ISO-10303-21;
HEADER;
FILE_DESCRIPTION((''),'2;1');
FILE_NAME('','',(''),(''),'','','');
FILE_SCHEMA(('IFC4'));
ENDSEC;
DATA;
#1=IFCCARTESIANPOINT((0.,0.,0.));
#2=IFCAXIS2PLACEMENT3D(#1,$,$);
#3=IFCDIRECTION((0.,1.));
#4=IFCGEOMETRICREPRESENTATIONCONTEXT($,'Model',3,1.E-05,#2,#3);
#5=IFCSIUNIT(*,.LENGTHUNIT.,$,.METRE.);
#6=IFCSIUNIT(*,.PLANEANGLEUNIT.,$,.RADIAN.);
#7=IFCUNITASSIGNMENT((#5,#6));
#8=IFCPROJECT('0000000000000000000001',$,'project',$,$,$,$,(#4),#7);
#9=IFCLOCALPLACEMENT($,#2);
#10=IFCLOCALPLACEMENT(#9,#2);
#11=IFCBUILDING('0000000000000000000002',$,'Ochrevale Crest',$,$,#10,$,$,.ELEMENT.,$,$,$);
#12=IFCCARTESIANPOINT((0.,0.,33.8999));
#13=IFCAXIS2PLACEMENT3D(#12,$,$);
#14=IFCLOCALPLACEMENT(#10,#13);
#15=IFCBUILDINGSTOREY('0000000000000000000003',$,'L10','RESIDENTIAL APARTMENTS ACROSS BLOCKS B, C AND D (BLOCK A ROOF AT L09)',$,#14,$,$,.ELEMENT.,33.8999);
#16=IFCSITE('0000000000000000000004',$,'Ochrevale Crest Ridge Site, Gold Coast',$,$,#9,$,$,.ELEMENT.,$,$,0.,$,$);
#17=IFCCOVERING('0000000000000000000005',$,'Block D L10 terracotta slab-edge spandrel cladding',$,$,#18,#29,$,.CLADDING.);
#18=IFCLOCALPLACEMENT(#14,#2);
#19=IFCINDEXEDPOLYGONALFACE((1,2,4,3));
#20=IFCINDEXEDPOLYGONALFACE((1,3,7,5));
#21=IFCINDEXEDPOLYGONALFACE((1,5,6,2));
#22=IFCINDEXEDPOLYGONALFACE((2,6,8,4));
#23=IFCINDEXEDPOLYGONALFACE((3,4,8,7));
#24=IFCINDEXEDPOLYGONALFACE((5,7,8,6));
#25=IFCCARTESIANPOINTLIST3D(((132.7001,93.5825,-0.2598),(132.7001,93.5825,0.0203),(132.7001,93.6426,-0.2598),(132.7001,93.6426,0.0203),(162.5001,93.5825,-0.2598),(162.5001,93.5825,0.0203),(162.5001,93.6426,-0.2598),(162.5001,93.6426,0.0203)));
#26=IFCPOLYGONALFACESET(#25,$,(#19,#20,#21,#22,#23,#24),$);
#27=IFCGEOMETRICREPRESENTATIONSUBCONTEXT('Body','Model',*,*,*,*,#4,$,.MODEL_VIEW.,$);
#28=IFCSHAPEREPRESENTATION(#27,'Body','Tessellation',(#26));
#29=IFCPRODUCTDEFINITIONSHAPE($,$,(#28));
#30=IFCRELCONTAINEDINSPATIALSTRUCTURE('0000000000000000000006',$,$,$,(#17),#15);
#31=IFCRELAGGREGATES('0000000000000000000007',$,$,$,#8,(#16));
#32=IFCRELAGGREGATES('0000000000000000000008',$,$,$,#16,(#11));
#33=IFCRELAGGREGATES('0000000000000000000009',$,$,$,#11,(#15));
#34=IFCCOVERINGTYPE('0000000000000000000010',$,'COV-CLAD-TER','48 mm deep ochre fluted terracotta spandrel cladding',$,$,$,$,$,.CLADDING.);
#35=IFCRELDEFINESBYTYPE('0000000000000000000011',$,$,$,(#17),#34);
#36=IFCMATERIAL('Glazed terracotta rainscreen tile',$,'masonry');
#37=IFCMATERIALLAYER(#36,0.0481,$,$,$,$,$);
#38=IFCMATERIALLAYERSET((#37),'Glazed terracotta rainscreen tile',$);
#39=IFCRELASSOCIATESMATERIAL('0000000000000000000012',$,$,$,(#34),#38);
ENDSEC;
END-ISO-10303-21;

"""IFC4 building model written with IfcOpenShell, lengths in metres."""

from ifc_helpers import new_model, si_unit, direction, frame, origin, origin_2d, place, context, subcontext, project, spatial, rectangle, extrude, material, layer, layer_set, type_object, element, save


model = new_model("IFC4")

# Units and contexts
model_context = context("Model", 3, precision=1e-05, world=origin(), true_north=direction((0.0, 1.0)))
body_context = subcontext(model_context, "Body", "Model", "MODEL_VIEW")
ifc_project = project(units=[si_unit("LENGTHUNIT", "METRE"), si_unit("PLANEANGLEUNIT", "RADIAN")], contexts=[model_context])

# Site, building, storey
site_placement = place(None, origin())
site = spatial("IfcSite", under=ifc_project, at=site_placement, Name="Ochrevale Crest Ridge Site, Gold Coast", CompositionType="ELEMENT", RefElevation=0.0)
building_placement = place(site_placement, origin())
building = spatial("IfcBuilding", under=site, at=building_placement, Name="Ochrevale Crest", CompositionType="ELEMENT")
storey_placement = place(building_placement, frame((0.0, 0.0, 33.8999)))
storey = spatial("IfcBuildingStorey", under=building, at=storey_placement, Name="L10", Description="RESIDENTIAL APARTMENTS ACROSS BLOCKS B, C AND D (BLOCK A ROOF AT L09)", CompositionType="ELEMENT", Elevation=33.8999)

# Covering
ifc_material_1 = material(Name="Glazed terracotta rainscreen tile", Category="masonry")
ifc_layer_1 = layer(ifc_material_1, 0.0481)
ifc_layer_set_1 = layer_set([ifc_layer_1], Name="Glazed terracotta rainscreen tile")
covering_type = type_object("IfcCoveringType", Name="COV-CLAD-TER", Description="48 mm deep ochre fluted terracotta spandrel cladding", PredefinedType="CLADDING", material=ifc_layer_set_1)
covering_placement = place(storey_placement, frame((147.6001, 93.6125, -0.2598), z_axis=(0.0, 0.0, 1.0), x_axis=(-1.0, 0.0, 0.0)))
element("IfcCovering", 1, at=covering_placement, inside=storey, type_object=covering_type, Name="Block D L10 terracotta slab-edge spandrel cladding", PredefinedType="CLADDING", context=body_context, shape_type="SweptSolid", body=[
    extrude(rectangle(XDim=29.8, YDim=0.0601, at=origin_2d()), origin(), (0.0, 0.0, 1.0), 0.28),
])

save(model, "model.ifc")
